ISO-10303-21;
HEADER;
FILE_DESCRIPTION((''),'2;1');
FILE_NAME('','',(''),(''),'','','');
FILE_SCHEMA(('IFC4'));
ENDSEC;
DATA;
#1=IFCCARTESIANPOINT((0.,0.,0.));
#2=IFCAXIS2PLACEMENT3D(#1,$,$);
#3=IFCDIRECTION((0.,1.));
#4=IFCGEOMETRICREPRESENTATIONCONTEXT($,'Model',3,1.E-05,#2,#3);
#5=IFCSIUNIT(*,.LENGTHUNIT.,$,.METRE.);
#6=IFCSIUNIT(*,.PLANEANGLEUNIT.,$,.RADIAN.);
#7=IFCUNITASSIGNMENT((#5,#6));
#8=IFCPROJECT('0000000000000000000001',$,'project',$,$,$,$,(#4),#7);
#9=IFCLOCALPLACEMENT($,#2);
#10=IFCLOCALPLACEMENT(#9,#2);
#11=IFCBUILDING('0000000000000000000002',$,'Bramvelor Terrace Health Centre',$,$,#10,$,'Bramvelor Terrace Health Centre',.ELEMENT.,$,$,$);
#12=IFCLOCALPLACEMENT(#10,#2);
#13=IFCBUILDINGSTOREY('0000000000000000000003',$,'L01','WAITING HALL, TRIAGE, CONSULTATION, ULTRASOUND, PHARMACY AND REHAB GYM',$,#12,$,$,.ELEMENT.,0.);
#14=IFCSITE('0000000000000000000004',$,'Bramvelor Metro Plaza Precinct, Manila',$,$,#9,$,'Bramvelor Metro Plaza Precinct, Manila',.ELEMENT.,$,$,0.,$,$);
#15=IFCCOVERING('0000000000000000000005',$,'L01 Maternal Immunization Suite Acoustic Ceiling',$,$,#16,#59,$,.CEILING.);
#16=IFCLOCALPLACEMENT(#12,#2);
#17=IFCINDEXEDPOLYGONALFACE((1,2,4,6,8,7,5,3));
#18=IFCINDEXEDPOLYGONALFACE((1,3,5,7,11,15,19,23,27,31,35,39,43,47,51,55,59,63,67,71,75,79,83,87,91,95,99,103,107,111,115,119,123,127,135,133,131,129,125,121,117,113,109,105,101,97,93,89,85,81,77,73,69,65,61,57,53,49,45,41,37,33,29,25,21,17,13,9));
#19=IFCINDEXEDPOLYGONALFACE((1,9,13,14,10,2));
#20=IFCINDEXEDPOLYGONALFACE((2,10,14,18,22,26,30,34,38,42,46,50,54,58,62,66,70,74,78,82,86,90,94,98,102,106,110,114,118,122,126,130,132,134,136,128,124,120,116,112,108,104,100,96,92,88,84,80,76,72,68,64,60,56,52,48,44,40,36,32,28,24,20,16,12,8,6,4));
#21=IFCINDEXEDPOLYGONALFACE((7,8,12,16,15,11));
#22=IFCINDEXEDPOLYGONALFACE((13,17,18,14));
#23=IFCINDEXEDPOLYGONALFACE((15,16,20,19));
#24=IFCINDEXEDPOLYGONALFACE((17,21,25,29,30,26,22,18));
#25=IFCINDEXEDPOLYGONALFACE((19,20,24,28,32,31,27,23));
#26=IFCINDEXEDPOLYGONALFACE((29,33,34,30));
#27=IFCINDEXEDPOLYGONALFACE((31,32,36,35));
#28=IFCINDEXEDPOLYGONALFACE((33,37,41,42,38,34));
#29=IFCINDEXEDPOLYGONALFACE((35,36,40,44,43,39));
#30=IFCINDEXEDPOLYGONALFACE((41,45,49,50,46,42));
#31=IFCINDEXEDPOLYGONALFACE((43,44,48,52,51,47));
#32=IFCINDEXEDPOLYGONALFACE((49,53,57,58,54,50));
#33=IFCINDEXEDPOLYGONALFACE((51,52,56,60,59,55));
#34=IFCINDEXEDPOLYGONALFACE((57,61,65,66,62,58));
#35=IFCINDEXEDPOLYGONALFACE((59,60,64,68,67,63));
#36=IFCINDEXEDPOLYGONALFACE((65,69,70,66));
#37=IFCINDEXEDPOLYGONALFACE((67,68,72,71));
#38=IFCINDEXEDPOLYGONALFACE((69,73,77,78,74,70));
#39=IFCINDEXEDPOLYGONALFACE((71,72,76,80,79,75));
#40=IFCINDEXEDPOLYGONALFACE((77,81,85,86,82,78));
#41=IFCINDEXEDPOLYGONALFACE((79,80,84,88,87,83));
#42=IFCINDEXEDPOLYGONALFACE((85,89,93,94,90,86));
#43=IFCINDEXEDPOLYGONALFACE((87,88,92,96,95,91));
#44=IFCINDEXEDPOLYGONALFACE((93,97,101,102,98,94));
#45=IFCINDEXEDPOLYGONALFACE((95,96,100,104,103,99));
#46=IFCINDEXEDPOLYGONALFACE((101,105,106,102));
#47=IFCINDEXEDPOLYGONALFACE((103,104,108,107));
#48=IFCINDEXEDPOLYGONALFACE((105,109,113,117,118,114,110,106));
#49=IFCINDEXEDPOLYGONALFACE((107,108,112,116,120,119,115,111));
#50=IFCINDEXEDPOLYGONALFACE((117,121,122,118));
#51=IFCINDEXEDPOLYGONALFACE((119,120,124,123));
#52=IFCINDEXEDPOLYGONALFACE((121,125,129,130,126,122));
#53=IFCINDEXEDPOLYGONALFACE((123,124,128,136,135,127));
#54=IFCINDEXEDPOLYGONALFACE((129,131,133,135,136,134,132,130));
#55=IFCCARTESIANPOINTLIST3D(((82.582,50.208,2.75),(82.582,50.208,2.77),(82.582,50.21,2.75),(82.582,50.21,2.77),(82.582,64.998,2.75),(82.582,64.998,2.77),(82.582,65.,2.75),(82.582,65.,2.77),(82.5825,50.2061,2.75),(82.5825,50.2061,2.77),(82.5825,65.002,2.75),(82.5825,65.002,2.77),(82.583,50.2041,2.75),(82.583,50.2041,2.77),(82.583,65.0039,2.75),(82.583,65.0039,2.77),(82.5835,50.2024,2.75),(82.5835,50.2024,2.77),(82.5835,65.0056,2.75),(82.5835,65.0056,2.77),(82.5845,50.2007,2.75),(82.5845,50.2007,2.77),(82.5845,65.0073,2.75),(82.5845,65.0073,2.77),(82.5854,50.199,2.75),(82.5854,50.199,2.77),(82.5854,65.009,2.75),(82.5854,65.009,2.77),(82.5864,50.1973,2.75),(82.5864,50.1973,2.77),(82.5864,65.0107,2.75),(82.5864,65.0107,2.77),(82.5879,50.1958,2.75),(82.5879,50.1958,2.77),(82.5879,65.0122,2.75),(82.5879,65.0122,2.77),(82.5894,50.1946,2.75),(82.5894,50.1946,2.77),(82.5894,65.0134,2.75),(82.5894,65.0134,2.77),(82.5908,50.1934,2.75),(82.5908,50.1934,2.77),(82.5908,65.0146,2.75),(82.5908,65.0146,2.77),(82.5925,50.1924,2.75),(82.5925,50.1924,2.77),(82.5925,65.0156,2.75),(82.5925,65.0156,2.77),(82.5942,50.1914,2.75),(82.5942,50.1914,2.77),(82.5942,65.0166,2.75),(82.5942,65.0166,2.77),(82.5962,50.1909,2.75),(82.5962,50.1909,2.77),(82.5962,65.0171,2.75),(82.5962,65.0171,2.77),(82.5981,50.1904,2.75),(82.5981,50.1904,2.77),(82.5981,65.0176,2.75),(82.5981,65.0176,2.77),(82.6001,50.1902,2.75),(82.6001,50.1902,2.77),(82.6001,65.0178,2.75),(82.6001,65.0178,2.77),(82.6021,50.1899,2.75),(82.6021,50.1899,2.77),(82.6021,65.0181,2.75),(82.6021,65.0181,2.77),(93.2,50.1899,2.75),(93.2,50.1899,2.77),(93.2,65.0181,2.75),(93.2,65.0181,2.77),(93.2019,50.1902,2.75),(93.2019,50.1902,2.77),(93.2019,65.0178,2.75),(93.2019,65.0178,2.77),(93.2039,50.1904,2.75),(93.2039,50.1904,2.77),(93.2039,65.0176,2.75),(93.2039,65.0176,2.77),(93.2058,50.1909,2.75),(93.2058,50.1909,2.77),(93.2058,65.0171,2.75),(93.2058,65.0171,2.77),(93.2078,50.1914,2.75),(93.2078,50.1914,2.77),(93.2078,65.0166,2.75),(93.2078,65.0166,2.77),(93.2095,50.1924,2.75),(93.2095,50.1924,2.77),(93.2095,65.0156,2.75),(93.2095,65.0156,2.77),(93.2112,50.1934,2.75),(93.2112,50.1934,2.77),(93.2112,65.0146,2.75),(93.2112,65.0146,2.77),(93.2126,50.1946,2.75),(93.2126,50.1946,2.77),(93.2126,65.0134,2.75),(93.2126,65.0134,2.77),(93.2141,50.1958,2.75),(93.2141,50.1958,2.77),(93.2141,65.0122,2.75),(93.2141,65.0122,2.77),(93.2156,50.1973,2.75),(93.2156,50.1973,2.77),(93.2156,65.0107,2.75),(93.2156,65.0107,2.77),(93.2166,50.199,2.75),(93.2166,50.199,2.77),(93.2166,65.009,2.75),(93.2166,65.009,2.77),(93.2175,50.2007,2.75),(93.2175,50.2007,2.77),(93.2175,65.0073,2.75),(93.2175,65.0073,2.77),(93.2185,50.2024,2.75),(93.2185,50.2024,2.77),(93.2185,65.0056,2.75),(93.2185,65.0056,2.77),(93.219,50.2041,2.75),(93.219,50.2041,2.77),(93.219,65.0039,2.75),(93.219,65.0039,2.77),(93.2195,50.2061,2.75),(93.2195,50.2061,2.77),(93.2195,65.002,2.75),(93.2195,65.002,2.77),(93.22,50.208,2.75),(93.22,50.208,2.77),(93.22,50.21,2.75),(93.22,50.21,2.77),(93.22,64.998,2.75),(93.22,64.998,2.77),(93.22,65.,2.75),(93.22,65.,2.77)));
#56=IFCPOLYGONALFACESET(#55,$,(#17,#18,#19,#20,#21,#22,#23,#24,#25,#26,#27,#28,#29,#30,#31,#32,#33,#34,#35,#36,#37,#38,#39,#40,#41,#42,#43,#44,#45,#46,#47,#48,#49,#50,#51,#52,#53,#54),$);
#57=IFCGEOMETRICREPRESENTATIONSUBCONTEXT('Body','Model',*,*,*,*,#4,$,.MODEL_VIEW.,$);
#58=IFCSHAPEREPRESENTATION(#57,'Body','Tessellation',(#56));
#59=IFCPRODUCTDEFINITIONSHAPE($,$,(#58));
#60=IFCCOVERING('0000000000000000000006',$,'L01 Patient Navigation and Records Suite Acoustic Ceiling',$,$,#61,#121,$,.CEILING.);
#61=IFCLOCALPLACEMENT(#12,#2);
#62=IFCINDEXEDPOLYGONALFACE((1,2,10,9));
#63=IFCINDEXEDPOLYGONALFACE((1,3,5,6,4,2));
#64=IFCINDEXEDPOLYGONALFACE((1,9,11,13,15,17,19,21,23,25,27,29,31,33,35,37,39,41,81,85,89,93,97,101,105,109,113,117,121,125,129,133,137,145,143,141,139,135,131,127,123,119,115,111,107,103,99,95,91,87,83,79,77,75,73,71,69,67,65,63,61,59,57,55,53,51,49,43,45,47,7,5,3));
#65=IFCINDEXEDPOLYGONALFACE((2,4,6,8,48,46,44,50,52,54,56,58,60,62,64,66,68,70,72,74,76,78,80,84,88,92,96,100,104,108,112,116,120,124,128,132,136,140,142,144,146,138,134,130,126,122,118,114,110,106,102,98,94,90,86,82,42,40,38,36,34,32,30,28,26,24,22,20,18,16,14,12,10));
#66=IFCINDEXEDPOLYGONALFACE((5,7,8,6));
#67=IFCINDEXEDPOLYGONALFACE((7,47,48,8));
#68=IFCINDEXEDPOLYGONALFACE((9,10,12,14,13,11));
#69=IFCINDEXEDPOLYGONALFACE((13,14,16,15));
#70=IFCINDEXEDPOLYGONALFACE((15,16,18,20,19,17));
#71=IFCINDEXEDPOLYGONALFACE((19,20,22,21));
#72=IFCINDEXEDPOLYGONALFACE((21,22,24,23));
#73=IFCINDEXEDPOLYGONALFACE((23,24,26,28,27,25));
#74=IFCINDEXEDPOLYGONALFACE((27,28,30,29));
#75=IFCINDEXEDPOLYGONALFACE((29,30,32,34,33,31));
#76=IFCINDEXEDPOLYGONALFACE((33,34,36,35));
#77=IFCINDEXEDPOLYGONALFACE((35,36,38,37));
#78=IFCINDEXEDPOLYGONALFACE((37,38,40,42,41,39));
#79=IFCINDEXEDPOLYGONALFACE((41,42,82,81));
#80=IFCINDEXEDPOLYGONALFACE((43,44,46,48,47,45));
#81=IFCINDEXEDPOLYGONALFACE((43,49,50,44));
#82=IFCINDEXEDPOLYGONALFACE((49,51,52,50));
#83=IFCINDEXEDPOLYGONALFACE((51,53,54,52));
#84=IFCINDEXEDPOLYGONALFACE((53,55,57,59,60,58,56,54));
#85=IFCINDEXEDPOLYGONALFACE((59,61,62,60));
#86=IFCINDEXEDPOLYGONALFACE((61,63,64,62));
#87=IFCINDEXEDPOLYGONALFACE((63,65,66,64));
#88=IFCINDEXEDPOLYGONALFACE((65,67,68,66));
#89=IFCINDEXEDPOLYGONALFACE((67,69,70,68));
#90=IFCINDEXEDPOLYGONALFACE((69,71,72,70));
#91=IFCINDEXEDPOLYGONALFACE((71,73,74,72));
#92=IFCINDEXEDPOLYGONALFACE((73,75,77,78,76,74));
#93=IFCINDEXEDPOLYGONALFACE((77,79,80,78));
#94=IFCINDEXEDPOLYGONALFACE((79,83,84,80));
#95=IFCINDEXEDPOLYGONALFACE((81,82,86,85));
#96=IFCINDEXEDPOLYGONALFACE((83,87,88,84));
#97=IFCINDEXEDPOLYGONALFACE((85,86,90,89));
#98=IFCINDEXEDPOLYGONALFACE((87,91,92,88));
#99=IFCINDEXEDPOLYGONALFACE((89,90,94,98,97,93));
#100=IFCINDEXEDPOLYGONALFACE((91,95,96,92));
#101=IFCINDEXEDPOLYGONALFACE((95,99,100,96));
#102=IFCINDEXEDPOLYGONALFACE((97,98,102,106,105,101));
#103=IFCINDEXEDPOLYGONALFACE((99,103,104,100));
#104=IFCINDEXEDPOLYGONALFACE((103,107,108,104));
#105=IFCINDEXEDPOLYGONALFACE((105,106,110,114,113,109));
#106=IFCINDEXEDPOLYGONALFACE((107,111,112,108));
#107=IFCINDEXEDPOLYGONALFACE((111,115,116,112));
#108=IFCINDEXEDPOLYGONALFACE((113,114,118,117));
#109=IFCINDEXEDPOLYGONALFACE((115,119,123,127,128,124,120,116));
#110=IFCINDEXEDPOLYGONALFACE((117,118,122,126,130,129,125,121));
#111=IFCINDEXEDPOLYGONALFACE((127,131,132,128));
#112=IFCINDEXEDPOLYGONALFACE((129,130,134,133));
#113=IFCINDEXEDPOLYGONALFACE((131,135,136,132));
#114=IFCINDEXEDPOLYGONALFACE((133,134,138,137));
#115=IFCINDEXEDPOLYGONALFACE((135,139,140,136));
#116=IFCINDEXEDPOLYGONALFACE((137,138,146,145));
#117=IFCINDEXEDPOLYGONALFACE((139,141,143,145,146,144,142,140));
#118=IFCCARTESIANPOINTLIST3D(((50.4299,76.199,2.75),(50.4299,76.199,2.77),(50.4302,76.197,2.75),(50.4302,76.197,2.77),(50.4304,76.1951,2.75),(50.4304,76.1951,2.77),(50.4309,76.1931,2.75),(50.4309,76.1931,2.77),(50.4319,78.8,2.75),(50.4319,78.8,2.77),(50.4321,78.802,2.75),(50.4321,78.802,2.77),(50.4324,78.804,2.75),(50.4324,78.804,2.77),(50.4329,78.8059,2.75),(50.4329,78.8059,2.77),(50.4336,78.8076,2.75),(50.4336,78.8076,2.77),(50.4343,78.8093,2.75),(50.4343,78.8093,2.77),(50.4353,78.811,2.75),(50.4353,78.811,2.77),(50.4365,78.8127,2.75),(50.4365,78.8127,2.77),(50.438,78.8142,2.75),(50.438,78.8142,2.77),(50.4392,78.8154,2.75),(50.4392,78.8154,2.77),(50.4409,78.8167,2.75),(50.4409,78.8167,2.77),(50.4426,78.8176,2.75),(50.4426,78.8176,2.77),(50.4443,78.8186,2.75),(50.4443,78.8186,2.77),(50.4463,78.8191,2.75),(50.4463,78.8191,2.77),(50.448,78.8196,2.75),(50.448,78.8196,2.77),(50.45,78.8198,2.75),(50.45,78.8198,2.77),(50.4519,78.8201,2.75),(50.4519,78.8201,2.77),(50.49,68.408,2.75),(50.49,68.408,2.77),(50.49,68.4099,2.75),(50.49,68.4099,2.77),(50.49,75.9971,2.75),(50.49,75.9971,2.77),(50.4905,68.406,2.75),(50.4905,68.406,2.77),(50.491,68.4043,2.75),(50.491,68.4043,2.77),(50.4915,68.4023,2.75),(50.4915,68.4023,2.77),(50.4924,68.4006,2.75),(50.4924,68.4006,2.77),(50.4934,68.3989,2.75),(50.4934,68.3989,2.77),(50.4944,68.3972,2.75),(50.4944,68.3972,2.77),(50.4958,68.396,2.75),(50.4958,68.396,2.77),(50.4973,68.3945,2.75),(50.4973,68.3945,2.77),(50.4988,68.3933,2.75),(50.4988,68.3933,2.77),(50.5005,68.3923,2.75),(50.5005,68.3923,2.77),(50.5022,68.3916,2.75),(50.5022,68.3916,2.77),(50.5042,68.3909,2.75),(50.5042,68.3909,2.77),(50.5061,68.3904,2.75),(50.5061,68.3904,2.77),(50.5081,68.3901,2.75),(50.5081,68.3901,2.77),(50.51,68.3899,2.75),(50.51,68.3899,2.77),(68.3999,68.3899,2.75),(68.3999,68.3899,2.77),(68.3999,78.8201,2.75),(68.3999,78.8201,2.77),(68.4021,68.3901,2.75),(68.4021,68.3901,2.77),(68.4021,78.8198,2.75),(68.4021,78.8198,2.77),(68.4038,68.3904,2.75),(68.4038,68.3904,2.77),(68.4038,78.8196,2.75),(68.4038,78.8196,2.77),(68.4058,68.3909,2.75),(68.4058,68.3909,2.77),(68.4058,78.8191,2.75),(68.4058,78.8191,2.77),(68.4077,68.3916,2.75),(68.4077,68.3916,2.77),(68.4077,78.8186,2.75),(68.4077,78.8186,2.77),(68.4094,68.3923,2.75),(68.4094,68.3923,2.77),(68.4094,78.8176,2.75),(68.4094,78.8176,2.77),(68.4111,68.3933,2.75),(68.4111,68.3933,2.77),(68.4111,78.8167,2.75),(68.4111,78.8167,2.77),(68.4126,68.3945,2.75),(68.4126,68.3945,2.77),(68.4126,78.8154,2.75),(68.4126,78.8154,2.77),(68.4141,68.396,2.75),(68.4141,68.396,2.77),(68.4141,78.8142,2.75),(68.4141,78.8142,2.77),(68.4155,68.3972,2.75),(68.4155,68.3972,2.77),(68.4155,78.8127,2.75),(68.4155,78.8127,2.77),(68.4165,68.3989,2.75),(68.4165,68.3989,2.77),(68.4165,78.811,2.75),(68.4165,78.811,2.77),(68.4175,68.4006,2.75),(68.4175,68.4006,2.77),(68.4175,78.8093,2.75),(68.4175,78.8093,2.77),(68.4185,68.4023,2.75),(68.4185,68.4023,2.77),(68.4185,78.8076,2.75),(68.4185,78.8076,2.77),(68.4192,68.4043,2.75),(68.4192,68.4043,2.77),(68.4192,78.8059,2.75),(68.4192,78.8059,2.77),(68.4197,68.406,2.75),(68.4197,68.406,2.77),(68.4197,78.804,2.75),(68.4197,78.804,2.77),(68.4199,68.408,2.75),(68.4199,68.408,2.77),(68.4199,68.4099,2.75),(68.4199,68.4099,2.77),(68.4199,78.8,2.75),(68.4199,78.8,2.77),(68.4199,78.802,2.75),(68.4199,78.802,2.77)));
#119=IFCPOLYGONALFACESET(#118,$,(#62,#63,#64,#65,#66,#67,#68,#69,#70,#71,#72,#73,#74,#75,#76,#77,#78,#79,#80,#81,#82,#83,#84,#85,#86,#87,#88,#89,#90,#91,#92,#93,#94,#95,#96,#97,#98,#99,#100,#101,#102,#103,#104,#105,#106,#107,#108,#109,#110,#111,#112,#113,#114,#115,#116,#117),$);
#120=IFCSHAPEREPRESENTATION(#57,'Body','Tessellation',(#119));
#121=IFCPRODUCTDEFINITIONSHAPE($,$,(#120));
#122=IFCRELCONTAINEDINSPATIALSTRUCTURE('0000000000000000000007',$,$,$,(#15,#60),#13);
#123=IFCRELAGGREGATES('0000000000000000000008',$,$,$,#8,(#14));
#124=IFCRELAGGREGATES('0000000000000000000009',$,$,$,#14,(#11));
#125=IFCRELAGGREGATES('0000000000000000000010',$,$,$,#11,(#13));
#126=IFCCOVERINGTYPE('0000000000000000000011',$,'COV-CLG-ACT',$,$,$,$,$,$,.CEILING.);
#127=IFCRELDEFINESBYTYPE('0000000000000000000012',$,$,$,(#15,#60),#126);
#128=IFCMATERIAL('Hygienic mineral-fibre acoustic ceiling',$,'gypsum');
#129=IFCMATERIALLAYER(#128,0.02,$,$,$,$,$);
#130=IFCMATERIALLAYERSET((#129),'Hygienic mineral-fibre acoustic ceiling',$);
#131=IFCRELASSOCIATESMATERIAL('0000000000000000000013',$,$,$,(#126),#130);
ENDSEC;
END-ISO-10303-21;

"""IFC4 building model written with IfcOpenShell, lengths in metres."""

from ifc_helpers import new_model, si_unit, direction, frame, origin, place, context, subcontext, project, spatial, polyline, outline, extrude, material, layer, layer_set, type_object, element, save


model = new_model("IFC4")

# Units and contexts
model_context = context("Model", 3, precision=1e-05, world=origin(), true_north=direction((0.0, 1.0)))
body_context = subcontext(model_context, "Body", "Model", "MODEL_VIEW")
ifc_project = project(units=[si_unit("LENGTHUNIT", "METRE"), si_unit("PLANEANGLEUNIT", "RADIAN")], contexts=[model_context])

# Site, building, storey
site_placement = place(None, origin())
site = spatial("IfcSite", under=ifc_project, at=site_placement, Name="Bramvelor Metro Plaza Precinct, Manila", LongName="Bramvelor Metro Plaza Precinct, Manila", CompositionType="ELEMENT", RefElevation=0.0)
building_placement = place(site_placement, origin())
building = spatial("IfcBuilding", under=site, at=building_placement, Name="Bramvelor Terrace Health Centre", LongName="Bramvelor Terrace Health Centre", CompositionType="ELEMENT")
storey_placement = place(building_placement, origin())
storey = spatial("IfcBuildingStorey", under=building, at=storey_placement, Name="L01", Description="WAITING HALL, TRIAGE, CONSULTATION, ULTRASOUND, PHARMACY AND REHAB GYM", CompositionType="ELEMENT", Elevation=0.0)

# Coverings
ifc_material_1 = material(Name="Hygienic mineral-fibre acoustic ceiling", Category="gypsum")
ifc_layer_1 = layer(ifc_material_1, 0.02)
ifc_layer_set_1 = layer_set([ifc_layer_1], Name="Hygienic mineral-fibre acoustic ceiling")
covering_type_1 = type_object("IfcCoveringType", Name="COV-CLG-ACT", PredefinedType="CEILING", material=ifc_layer_set_1)
covering_1_placement = place(storey_placement, frame((0.0, 0.0, 2.75)))
element("IfcCovering", 1, at=covering_1_placement, inside=storey, type_object=covering_type_1, Name="L01 Maternal Immunization Suite Acoustic Ceiling", PredefinedType="CEILING", context=body_context, shape_type="SweptSolid", body=[
    extrude(outline(polyline([(93.22, 50.21), (93.22, 50.208), (93.2195, 50.2061), (93.219, 50.2041), (93.2185, 50.2024), (93.2175, 50.2007), (93.2166, 50.199), (93.2156, 50.1973), (93.2141, 50.1958), (93.2126, 50.1946), (93.2112, 50.1934), (93.2095, 50.1924), (93.2078, 50.1914), (93.2058, 50.1909), (93.2039, 50.1904), (93.2019, 50.1902), (93.2, 50.1899), (82.6021, 50.1899), (82.6001, 50.1902), (82.5981, 50.1904), (82.5962, 50.1909), (82.5942, 50.1914), (82.5925, 50.1924), (82.5908, 50.1934), (82.5894, 50.1946), (82.5879, 50.1958), (82.5864, 50.1973), (82.5854, 50.199), (82.5845, 50.2007), (82.5835, 50.2024), (82.583, 50.2041), (82.5825, 50.2061), (82.582, 50.208), (82.582, 50.21), (82.582, 64.998), (82.582, 65.0), (82.5825, 65.002), (82.583, 65.0039), (82.5835, 65.0056), (82.5845, 65.0073), (82.5854, 65.009), (82.5864, 65.0107), (82.5879, 65.0122), (82.5894, 65.0134), (82.5908, 65.0146), (82.5925, 65.0156), (82.5942, 65.0166), (82.5962, 65.0171), (82.5981, 65.0176), (82.6001, 65.0178), (82.6021, 65.0181), (93.2, 65.0181), (93.2019, 65.0178), (93.2039, 65.0176), (93.2058, 65.0171), (93.2078, 65.0166), (93.2095, 65.0156), (93.2112, 65.0146), (93.2126, 65.0134), (93.2141, 65.0122), (93.2156, 65.0107), (93.2166, 65.009), (93.2175, 65.0073), (93.2185, 65.0056), (93.219, 65.0039), (93.2195, 65.002), (93.22, 65.0), (93.22, 64.998), (93.22, 50.21)])), origin(), (0.0, 0.0, 1.0), 0.02),
])
covering_2_placement = place(storey_placement, frame((0.0, 0.0, 2.75)))
element("IfcCovering", 2, at=covering_2_placement, inside=storey, type_object=covering_type_1, Name="L01 Patient Navigation and Records Suite Acoustic Ceiling", PredefinedType="CEILING", context=body_context, shape_type="SweptSolid", body=[
    extrude(outline(polyline([(68.3999, 78.8201), (68.4021, 78.8198), (68.4038, 78.8196), (68.4058, 78.8191), (68.4077, 78.8186), (68.4094, 78.8176), (68.4111, 78.8167), (68.4126, 78.8154), (68.4141, 78.8142), (68.4155, 78.8127), (68.4165, 78.811), (68.4175, 78.8093), (68.4185, 78.8076), (68.4192, 78.8059), (68.4197, 78.804), (68.4199, 78.802), (68.4199, 78.8), (68.4199, 68.4099), (68.4199, 68.408), (68.4197, 68.406), (68.4192, 68.4043), (68.4185, 68.4023), (68.4175, 68.4006), (68.4165, 68.3989), (68.4155, 68.3972), (68.4141, 68.396), (68.4126, 68.3945), (68.4111, 68.3933), (68.4094, 68.3923), (68.4077, 68.3916), (68.4058, 68.3909), (68.4038, 68.3904), (68.4021, 68.3901), (68.3999, 68.3899), (50.51, 68.3899), (50.5081, 68.3901), (50.5061, 68.3904), (50.5042, 68.3909), (50.5022, 68.3916), (50.5005, 68.3923), (50.4988, 68.3933), (50.4973, 68.3945), (50.4958, 68.396), (50.4944, 68.3972), (50.4934, 68.3989), (50.4924, 68.4006), (50.4915, 68.4023), (50.491, 68.4043), (50.4905, 68.406), (50.49, 68.408), (50.49, 68.4099), (50.49, 75.9971), (50.4309, 76.1931), (50.4304, 76.1951), (50.4302, 76.197), (50.4299, 76.199), (50.4319, 78.8), (50.4321, 78.802), (50.4324, 78.804), (50.4329, 78.8059), (50.4336, 78.8076), (50.4343, 78.8093), (50.4353, 78.811), (50.4365, 78.8127), (50.438, 78.8142), (50.4392, 78.8154), (50.4409, 78.8167), (50.4426, 78.8176), (50.4443, 78.8186), (50.4463, 78.8191), (50.448, 78.8196), (50.45, 78.8198), (50.4519, 78.8201), (68.3999, 78.8201)])), origin(), (0.0, 0.0, 1.0), 0.02),
])

save(model, "model.ifc")
